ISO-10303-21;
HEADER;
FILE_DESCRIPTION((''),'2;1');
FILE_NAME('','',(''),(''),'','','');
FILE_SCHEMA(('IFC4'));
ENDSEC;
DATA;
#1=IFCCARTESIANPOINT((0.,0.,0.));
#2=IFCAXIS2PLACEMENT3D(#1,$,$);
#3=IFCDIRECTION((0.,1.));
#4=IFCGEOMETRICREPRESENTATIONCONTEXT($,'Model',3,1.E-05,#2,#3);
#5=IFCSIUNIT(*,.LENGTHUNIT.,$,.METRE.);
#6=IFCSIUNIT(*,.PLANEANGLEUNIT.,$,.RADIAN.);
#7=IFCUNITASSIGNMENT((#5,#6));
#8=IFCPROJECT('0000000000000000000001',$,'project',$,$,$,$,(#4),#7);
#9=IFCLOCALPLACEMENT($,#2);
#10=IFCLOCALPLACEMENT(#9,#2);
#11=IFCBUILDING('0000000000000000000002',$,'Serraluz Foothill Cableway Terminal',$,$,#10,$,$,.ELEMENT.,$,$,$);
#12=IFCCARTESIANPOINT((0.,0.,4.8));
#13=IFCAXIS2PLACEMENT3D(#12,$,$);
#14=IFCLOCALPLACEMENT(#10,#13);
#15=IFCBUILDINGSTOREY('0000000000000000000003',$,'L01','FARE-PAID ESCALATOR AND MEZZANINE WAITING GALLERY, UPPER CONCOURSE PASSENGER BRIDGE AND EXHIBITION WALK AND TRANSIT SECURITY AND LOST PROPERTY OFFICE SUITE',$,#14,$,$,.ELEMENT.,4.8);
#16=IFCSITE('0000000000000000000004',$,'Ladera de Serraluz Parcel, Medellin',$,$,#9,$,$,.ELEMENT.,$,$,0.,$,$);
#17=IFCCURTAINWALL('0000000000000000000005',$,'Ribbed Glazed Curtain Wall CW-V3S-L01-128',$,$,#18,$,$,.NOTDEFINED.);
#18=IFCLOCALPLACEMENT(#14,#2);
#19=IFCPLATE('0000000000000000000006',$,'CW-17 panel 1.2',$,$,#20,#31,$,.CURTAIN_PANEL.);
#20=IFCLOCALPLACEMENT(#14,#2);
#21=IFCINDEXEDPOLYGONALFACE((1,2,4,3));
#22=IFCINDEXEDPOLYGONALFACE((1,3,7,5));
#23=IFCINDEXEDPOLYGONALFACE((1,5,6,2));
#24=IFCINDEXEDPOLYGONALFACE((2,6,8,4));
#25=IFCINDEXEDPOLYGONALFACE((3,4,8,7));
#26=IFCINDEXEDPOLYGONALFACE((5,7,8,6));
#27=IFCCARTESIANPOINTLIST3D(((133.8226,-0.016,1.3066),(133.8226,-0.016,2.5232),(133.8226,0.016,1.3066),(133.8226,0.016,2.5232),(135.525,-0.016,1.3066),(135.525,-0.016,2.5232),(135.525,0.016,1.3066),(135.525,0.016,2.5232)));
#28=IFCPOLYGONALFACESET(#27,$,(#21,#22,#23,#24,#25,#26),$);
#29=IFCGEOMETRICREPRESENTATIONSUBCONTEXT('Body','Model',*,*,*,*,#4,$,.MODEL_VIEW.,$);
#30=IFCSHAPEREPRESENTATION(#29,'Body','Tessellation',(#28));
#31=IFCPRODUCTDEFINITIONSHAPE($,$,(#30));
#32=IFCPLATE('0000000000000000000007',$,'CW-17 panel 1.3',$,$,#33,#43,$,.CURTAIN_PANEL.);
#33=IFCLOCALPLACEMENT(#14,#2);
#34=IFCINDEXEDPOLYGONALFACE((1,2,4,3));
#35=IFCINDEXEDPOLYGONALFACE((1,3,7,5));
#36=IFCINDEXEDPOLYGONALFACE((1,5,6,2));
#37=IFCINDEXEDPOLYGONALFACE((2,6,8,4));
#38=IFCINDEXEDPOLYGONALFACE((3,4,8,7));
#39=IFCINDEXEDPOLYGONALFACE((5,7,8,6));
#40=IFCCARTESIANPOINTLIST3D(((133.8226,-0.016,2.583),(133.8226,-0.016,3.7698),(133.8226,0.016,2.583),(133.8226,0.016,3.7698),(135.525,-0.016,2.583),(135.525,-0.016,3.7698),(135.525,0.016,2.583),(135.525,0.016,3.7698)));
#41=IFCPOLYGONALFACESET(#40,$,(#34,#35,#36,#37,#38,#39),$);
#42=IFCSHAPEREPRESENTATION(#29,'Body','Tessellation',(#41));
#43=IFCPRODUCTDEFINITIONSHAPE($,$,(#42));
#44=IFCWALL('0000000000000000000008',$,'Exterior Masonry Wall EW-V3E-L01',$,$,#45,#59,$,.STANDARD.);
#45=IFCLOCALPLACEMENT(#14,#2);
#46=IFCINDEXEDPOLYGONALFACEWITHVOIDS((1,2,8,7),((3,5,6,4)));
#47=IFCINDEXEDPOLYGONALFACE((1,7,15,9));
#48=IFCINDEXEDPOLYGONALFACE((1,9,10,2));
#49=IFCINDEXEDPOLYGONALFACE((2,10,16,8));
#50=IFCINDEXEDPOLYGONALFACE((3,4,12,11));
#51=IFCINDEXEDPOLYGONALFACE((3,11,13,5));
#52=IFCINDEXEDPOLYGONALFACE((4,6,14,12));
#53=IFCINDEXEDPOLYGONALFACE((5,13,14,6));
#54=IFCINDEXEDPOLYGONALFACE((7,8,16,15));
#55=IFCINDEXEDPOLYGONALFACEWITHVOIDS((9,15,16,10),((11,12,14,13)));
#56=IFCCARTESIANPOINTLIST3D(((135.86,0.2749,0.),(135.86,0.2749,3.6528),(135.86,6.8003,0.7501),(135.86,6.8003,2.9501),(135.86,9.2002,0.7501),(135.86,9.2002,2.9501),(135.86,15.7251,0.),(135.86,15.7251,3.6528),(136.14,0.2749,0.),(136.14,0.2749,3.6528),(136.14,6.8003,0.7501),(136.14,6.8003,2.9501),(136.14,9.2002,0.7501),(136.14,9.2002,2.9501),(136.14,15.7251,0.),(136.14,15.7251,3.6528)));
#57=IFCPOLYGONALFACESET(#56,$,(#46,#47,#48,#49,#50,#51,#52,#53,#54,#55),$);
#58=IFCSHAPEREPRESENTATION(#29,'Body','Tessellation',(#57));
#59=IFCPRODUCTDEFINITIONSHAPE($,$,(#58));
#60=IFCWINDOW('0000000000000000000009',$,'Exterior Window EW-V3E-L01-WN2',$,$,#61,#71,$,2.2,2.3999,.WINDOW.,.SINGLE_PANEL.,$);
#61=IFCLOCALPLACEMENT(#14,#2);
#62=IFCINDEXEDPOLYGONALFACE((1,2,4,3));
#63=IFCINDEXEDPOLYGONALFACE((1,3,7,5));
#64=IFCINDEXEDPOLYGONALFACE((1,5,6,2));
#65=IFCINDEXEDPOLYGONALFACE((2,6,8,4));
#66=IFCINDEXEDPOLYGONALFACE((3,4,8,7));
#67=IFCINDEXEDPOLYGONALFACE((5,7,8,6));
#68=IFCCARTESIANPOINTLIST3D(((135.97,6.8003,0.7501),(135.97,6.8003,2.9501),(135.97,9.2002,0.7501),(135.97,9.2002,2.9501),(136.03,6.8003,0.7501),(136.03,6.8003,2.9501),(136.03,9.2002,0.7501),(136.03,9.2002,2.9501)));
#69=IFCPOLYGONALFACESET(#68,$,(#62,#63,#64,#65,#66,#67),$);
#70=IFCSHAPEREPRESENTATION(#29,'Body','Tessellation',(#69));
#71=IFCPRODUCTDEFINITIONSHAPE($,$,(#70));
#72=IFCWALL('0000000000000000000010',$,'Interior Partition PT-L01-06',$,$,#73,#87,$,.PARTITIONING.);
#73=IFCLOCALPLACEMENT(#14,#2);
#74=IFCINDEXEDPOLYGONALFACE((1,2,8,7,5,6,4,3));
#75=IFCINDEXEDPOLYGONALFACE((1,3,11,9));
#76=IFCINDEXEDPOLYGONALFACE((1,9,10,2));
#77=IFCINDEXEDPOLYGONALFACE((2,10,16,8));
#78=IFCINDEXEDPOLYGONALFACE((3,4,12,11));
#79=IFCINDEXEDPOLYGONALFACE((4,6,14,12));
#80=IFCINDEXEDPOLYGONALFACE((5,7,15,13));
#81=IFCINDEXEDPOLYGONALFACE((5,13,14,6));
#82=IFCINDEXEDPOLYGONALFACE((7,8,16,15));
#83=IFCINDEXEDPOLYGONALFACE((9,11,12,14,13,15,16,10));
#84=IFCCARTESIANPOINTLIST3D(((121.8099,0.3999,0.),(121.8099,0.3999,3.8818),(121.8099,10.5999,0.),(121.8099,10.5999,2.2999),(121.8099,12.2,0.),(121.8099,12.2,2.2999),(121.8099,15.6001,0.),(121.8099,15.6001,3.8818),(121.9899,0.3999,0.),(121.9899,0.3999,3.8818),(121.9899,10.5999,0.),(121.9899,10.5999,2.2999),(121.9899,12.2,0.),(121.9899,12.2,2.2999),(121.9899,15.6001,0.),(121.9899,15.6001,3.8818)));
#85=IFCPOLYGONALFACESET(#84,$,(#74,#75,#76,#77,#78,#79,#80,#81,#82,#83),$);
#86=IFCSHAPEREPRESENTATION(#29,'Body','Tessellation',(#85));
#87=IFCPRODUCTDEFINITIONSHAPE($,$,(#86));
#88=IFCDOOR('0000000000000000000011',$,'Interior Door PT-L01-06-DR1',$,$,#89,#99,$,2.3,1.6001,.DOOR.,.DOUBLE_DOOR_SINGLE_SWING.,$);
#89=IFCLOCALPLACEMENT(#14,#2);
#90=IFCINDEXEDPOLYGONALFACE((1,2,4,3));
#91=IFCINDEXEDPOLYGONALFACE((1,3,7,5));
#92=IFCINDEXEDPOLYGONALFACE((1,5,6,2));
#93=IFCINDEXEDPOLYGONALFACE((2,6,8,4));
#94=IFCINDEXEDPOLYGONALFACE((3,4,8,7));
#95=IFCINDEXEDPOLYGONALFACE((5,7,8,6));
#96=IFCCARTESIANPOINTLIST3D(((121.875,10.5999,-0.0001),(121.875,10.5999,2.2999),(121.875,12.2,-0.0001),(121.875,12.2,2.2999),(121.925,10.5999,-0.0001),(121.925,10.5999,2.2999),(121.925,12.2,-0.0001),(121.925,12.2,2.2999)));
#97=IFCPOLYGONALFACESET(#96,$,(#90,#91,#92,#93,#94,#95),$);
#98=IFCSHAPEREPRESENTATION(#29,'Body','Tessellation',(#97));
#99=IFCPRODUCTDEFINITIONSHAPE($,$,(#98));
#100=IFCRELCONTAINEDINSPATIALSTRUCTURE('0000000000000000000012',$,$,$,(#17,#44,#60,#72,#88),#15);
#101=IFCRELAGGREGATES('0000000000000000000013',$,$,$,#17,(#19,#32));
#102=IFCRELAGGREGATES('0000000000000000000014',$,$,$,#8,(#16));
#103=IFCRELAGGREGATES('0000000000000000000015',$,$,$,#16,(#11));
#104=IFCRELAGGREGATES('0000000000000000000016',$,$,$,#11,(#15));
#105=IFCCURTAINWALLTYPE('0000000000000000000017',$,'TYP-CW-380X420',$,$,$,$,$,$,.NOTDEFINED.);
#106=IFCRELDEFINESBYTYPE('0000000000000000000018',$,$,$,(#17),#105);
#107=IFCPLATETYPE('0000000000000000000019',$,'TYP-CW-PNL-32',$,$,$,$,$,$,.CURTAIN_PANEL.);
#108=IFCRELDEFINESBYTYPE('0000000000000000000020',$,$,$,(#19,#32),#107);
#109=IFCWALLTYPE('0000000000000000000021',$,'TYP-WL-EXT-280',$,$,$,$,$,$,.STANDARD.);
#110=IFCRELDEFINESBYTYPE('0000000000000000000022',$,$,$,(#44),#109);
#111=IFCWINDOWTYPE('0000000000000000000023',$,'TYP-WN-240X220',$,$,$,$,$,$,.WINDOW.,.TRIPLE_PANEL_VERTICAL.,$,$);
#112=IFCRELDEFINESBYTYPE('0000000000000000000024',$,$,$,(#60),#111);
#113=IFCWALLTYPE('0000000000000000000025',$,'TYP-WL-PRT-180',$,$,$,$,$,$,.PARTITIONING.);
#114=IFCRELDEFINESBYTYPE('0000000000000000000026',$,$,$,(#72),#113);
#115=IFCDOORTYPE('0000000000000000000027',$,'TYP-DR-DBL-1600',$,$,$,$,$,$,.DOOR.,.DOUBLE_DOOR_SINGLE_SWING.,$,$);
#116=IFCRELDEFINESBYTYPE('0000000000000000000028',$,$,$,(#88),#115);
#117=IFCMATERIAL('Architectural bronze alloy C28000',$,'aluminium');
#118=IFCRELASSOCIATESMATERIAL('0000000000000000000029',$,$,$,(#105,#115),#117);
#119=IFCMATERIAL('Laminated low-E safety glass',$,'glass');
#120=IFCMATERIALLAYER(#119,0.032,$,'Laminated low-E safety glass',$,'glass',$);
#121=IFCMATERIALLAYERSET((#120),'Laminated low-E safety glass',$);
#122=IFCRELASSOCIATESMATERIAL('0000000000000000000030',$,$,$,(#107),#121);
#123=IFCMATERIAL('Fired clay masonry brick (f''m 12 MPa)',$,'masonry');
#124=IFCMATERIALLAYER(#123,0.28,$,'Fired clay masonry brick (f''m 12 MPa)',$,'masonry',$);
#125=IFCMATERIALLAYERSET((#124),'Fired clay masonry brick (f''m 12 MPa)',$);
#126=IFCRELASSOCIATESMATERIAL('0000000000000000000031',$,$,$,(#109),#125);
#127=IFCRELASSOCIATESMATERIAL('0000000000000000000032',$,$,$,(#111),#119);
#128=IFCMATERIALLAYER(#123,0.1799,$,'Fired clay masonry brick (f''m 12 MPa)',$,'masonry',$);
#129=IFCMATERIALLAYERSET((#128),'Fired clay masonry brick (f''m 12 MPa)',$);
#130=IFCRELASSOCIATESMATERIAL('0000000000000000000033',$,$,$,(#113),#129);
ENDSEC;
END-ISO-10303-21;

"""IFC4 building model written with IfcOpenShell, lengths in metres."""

from ifc_helpers import new_model, si_unit, direction, frame, frame_2d, origin, origin_2d, place, context, subcontext, project, spatial, rectangle, extrude, material, layer, layer_set, type_object, element, fill, aggregate, save


model = new_model("IFC4")

# Units and contexts
model_context = context("Model", 3, precision=1e-05, world=origin(), true_north=direction((0.0, 1.0)))
body_context = subcontext(model_context, "Body", "Model", "MODEL_VIEW")
ifc_project = project(units=[si_unit("LENGTHUNIT", "METRE"), si_unit("PLANEANGLEUNIT", "RADIAN")], contexts=[model_context])

# Site, building, storey
site_placement = place(None, origin())
site = spatial("IfcSite", under=ifc_project, at=site_placement, Name="Ladera de Serraluz Parcel, Medellin", CompositionType="ELEMENT", RefElevation=0.0)
building_placement = place(site_placement, origin())
building = spatial("IfcBuilding", under=site, at=building_placement, Name="Serraluz Foothill Cableway Terminal", CompositionType="ELEMENT")
storey_placement = place(building_placement, frame((0.0, 0.0, 4.8)))
storey = spatial("IfcBuildingStorey", under=building, at=storey_placement, Name="L01", Description="FARE-PAID ESCALATOR AND MEZZANINE WAITING GALLERY, UPPER CONCOURSE PASSENGER BRIDGE AND EXHIBITION WALK AND TRANSIT SECURITY AND LOST PROPERTY OFFICE SUITE", CompositionType="ELEMENT", Elevation=4.8)

# Shared definitions
ifc_material_1 = material(Name="Fired clay masonry brick (f'm 12 MPa)", Category="masonry")

# Curtain wall
ifc_material_2 = material(Name="Architectural bronze alloy C28000", Category="aluminium")
curtain_wall_type = type_object("IfcCurtainWallType", Name="TYP-CW-380X420", PredefinedType="NOTDEFINED", material=ifc_material_2)
curtain_wall_placement = place(storey_placement, origin())
curtain_wall = element("IfcCurtainWall", 1, at=curtain_wall_placement, inside=storey, type_object=curtain_wall_type, Name="Ribbed Glazed Curtain Wall CW-V3S-L01-128", PredefinedType="NOTDEFINED")

# Plates
ifc_material_3 = material(Name="Laminated low-E safety glass", Category="glass")
ifc_layer_1 = layer(ifc_material_3, 0.032, Name="Laminated low-E safety glass", Category="glass")
ifc_layer_set_1 = layer_set([ifc_layer_1], Name="Laminated low-E safety glass")
plate_type = type_object("IfcPlateType", Name="TYP-CW-PNL-32", PredefinedType="CURTAIN_PANEL", material=ifc_layer_set_1)
plate_1_placement = place(storey_placement, frame((134.6738, 0.0, 1.3066), z_axis=(0.0, 0.0, 1.0), x_axis=(-1.0, 0.0, 0.0)))
plate_1 = element("IfcPlate", 2, at=plate_1_placement, type_object=plate_type, Name="CW-17 panel 1.2", PredefinedType="CURTAIN_PANEL", context=body_context, shape_type="SweptSolid", body=[
    extrude(rectangle(XDim=1.7024, YDim=0.032, at=origin_2d()), origin(), (0.0, 0.0, 1.0), 1.2166),
])
plate_2_placement = place(storey_placement, frame((134.6738, 0.0, 2.583), z_axis=(0.0, 0.0, 1.0), x_axis=(-1.0, 0.0, 0.0)))
plate_2 = element("IfcPlate", 3, at=plate_2_placement, type_object=plate_type, Name="CW-17 panel 1.3", PredefinedType="CURTAIN_PANEL", context=body_context, shape_type="SweptSolid", body=[
    extrude(rectangle(XDim=1.7024, YDim=0.032, at=origin_2d()), origin(), (0.0, 0.0, 1.0), 1.1868),
])
aggregate(curtain_wall, [plate_1, plate_2])

# Shared definitions
ifc_layer_2 = layer(ifc_material_1, 0.28, Name="Fired clay masonry brick (f'm 12 MPa)", Category="masonry")
ifc_layer_set_2 = layer_set([ifc_layer_2], Name="Fired clay masonry brick (f'm 12 MPa)")
wall_type_1 = type_object("IfcWallType", Name="TYP-WL-EXT-280", PredefinedType="STANDARD", material=ifc_layer_set_2)

# Wall, opening, window
wall_1_placement = place(storey_placement, frame((136.0, 15.7251, 0.0), z_axis=(0.0, 0.0, 1.0), x_axis=(0.0, -1.0, 0.0)))
wall_1 = element("IfcWall", 4, at=wall_1_placement, inside=storey, type_object=wall_type_1, Name="Exterior Masonry Wall EW-V3E-L01", PredefinedType="STANDARD", context=body_context, shape_type="SweptSolid", body=[
    extrude(rectangle(XDim=15.4502, YDim=0.28, at=frame_2d((7.7251, 0.0))), origin(), (0.0, 0.0, 1.0), 3.6528),
])
opening_1_placement = place(wall_1_placement, frame((6.5249, 0.0, 0.75)))
opening_1 = element("IfcOpeningElement", 5, at=opening_1_placement, cuts=wall_1, PredefinedType="OPENING", context=body_context, shape_type="SweptSolid", body=[
    extrude(rectangle(XDim=2.3999, YDim=2.2, at=frame_2d((1.2, 1.1001))), frame((0.0, 0.1499, 0.0), z_axis=(0.0, -1.0, 0.0), x_axis=(1.0, 0.0, 0.0)), (0.0, 0.0, 1.0), 0.3),
])
window_type = type_object("IfcWindowType", Name="TYP-WN-240X220", PartitioningType="TRIPLE_PANEL_VERTICAL", PredefinedType="WINDOW", material=ifc_material_3)
window_placement = place(opening_1_placement, origin())
window = element("IfcWindow", 6, at=window_placement, inside=storey, type_object=window_type, Name="Exterior Window EW-V3E-L01-WN2", OverallHeight=2.2, OverallWidth=2.3999, PartitioningType="SINGLE_PANEL", PredefinedType="WINDOW", context=body_context, shape_type="SweptSolid", body=[
    extrude(rectangle(XDim=2.3999, YDim=2.2, at=frame_2d((1.2, 1.1001))), frame((0.0, 0.03, 0.0), z_axis=(0.0, -1.0, 0.0), x_axis=(1.0, 0.0, 0.0)), (0.0, 0.0, 1.0), 0.0601),
])
fill(opening_1, window)

# Wall, opening, door
ifc_layer_3 = layer(ifc_material_1, 0.1799, Name="Fired clay masonry brick (f'm 12 MPa)", Category="masonry")
ifc_layer_set_3 = layer_set([ifc_layer_3], Name="Fired clay masonry brick (f'm 12 MPa)")
wall_type_2 = type_object("IfcWallType", Name="TYP-WL-PRT-180", PredefinedType="PARTITIONING", material=ifc_layer_set_3)
wall_2_placement = place(storey_placement, frame((121.8999, 0.3999, 0.0), z_axis=(0.0, 0.0, 1.0), x_axis=(0.0, 1.0, 0.0)))
wall_2 = element("IfcWall", 7, at=wall_2_placement, inside=storey, type_object=wall_type_2, Name="Interior Partition PT-L01-06", PredefinedType="PARTITIONING", context=body_context, shape_type="SweptSolid", body=[
    extrude(rectangle(XDim=15.2002, YDim=0.1799, at=frame_2d((7.6001, 0.0))), origin(), (0.0, 0.0, 1.0), 3.8818),
])
opening_2_placement = place(wall_2_placement, frame((10.2, 0.0, 0.0)))
opening_2 = element("IfcOpeningElement", 8, at=opening_2_placement, cuts=wall_2, PredefinedType="OPENING", context=body_context, shape_type="SweptSolid", body=[
    extrude(rectangle(XDim=1.6001, YDim=2.3, at=frame_2d((0.8, 1.1499))), frame((0.0, 0.1001, 0.0), z_axis=(0.0, -1.0, 0.0), x_axis=(1.0, 0.0, 0.0)), (0.0, 0.0, 1.0), 0.2),
])
door_type_1 = type_object("IfcDoorType", Name="TYP-DR-DBL-1600", OperationType="DOUBLE_DOOR_SINGLE_SWING", PredefinedType="DOOR", material=ifc_material_2)
door_1_placement = place(opening_2_placement, origin())
door_1 = element("IfcDoor", 9, at=door_1_placement, inside=storey, type_object=door_type_1, Name="Interior Door PT-L01-06-DR1", OperationType="DOUBLE_DOOR_SINGLE_SWING", OverallHeight=2.3, OverallWidth=1.6001, PredefinedType="DOOR", context=body_context, shape_type="SweptSolid", body=[
    extrude(rectangle(XDim=1.6001, YDim=2.3, at=frame_2d((0.8, 1.1499))), frame((0.0, 0.0249, 0.0), z_axis=(0.0, -1.0, 0.0), x_axis=(1.0, 0.0, 0.0)), (0.0, 0.0, 1.0), 0.05),
])
fill(opening_2, door_1)

save(model, "model.ifc")
